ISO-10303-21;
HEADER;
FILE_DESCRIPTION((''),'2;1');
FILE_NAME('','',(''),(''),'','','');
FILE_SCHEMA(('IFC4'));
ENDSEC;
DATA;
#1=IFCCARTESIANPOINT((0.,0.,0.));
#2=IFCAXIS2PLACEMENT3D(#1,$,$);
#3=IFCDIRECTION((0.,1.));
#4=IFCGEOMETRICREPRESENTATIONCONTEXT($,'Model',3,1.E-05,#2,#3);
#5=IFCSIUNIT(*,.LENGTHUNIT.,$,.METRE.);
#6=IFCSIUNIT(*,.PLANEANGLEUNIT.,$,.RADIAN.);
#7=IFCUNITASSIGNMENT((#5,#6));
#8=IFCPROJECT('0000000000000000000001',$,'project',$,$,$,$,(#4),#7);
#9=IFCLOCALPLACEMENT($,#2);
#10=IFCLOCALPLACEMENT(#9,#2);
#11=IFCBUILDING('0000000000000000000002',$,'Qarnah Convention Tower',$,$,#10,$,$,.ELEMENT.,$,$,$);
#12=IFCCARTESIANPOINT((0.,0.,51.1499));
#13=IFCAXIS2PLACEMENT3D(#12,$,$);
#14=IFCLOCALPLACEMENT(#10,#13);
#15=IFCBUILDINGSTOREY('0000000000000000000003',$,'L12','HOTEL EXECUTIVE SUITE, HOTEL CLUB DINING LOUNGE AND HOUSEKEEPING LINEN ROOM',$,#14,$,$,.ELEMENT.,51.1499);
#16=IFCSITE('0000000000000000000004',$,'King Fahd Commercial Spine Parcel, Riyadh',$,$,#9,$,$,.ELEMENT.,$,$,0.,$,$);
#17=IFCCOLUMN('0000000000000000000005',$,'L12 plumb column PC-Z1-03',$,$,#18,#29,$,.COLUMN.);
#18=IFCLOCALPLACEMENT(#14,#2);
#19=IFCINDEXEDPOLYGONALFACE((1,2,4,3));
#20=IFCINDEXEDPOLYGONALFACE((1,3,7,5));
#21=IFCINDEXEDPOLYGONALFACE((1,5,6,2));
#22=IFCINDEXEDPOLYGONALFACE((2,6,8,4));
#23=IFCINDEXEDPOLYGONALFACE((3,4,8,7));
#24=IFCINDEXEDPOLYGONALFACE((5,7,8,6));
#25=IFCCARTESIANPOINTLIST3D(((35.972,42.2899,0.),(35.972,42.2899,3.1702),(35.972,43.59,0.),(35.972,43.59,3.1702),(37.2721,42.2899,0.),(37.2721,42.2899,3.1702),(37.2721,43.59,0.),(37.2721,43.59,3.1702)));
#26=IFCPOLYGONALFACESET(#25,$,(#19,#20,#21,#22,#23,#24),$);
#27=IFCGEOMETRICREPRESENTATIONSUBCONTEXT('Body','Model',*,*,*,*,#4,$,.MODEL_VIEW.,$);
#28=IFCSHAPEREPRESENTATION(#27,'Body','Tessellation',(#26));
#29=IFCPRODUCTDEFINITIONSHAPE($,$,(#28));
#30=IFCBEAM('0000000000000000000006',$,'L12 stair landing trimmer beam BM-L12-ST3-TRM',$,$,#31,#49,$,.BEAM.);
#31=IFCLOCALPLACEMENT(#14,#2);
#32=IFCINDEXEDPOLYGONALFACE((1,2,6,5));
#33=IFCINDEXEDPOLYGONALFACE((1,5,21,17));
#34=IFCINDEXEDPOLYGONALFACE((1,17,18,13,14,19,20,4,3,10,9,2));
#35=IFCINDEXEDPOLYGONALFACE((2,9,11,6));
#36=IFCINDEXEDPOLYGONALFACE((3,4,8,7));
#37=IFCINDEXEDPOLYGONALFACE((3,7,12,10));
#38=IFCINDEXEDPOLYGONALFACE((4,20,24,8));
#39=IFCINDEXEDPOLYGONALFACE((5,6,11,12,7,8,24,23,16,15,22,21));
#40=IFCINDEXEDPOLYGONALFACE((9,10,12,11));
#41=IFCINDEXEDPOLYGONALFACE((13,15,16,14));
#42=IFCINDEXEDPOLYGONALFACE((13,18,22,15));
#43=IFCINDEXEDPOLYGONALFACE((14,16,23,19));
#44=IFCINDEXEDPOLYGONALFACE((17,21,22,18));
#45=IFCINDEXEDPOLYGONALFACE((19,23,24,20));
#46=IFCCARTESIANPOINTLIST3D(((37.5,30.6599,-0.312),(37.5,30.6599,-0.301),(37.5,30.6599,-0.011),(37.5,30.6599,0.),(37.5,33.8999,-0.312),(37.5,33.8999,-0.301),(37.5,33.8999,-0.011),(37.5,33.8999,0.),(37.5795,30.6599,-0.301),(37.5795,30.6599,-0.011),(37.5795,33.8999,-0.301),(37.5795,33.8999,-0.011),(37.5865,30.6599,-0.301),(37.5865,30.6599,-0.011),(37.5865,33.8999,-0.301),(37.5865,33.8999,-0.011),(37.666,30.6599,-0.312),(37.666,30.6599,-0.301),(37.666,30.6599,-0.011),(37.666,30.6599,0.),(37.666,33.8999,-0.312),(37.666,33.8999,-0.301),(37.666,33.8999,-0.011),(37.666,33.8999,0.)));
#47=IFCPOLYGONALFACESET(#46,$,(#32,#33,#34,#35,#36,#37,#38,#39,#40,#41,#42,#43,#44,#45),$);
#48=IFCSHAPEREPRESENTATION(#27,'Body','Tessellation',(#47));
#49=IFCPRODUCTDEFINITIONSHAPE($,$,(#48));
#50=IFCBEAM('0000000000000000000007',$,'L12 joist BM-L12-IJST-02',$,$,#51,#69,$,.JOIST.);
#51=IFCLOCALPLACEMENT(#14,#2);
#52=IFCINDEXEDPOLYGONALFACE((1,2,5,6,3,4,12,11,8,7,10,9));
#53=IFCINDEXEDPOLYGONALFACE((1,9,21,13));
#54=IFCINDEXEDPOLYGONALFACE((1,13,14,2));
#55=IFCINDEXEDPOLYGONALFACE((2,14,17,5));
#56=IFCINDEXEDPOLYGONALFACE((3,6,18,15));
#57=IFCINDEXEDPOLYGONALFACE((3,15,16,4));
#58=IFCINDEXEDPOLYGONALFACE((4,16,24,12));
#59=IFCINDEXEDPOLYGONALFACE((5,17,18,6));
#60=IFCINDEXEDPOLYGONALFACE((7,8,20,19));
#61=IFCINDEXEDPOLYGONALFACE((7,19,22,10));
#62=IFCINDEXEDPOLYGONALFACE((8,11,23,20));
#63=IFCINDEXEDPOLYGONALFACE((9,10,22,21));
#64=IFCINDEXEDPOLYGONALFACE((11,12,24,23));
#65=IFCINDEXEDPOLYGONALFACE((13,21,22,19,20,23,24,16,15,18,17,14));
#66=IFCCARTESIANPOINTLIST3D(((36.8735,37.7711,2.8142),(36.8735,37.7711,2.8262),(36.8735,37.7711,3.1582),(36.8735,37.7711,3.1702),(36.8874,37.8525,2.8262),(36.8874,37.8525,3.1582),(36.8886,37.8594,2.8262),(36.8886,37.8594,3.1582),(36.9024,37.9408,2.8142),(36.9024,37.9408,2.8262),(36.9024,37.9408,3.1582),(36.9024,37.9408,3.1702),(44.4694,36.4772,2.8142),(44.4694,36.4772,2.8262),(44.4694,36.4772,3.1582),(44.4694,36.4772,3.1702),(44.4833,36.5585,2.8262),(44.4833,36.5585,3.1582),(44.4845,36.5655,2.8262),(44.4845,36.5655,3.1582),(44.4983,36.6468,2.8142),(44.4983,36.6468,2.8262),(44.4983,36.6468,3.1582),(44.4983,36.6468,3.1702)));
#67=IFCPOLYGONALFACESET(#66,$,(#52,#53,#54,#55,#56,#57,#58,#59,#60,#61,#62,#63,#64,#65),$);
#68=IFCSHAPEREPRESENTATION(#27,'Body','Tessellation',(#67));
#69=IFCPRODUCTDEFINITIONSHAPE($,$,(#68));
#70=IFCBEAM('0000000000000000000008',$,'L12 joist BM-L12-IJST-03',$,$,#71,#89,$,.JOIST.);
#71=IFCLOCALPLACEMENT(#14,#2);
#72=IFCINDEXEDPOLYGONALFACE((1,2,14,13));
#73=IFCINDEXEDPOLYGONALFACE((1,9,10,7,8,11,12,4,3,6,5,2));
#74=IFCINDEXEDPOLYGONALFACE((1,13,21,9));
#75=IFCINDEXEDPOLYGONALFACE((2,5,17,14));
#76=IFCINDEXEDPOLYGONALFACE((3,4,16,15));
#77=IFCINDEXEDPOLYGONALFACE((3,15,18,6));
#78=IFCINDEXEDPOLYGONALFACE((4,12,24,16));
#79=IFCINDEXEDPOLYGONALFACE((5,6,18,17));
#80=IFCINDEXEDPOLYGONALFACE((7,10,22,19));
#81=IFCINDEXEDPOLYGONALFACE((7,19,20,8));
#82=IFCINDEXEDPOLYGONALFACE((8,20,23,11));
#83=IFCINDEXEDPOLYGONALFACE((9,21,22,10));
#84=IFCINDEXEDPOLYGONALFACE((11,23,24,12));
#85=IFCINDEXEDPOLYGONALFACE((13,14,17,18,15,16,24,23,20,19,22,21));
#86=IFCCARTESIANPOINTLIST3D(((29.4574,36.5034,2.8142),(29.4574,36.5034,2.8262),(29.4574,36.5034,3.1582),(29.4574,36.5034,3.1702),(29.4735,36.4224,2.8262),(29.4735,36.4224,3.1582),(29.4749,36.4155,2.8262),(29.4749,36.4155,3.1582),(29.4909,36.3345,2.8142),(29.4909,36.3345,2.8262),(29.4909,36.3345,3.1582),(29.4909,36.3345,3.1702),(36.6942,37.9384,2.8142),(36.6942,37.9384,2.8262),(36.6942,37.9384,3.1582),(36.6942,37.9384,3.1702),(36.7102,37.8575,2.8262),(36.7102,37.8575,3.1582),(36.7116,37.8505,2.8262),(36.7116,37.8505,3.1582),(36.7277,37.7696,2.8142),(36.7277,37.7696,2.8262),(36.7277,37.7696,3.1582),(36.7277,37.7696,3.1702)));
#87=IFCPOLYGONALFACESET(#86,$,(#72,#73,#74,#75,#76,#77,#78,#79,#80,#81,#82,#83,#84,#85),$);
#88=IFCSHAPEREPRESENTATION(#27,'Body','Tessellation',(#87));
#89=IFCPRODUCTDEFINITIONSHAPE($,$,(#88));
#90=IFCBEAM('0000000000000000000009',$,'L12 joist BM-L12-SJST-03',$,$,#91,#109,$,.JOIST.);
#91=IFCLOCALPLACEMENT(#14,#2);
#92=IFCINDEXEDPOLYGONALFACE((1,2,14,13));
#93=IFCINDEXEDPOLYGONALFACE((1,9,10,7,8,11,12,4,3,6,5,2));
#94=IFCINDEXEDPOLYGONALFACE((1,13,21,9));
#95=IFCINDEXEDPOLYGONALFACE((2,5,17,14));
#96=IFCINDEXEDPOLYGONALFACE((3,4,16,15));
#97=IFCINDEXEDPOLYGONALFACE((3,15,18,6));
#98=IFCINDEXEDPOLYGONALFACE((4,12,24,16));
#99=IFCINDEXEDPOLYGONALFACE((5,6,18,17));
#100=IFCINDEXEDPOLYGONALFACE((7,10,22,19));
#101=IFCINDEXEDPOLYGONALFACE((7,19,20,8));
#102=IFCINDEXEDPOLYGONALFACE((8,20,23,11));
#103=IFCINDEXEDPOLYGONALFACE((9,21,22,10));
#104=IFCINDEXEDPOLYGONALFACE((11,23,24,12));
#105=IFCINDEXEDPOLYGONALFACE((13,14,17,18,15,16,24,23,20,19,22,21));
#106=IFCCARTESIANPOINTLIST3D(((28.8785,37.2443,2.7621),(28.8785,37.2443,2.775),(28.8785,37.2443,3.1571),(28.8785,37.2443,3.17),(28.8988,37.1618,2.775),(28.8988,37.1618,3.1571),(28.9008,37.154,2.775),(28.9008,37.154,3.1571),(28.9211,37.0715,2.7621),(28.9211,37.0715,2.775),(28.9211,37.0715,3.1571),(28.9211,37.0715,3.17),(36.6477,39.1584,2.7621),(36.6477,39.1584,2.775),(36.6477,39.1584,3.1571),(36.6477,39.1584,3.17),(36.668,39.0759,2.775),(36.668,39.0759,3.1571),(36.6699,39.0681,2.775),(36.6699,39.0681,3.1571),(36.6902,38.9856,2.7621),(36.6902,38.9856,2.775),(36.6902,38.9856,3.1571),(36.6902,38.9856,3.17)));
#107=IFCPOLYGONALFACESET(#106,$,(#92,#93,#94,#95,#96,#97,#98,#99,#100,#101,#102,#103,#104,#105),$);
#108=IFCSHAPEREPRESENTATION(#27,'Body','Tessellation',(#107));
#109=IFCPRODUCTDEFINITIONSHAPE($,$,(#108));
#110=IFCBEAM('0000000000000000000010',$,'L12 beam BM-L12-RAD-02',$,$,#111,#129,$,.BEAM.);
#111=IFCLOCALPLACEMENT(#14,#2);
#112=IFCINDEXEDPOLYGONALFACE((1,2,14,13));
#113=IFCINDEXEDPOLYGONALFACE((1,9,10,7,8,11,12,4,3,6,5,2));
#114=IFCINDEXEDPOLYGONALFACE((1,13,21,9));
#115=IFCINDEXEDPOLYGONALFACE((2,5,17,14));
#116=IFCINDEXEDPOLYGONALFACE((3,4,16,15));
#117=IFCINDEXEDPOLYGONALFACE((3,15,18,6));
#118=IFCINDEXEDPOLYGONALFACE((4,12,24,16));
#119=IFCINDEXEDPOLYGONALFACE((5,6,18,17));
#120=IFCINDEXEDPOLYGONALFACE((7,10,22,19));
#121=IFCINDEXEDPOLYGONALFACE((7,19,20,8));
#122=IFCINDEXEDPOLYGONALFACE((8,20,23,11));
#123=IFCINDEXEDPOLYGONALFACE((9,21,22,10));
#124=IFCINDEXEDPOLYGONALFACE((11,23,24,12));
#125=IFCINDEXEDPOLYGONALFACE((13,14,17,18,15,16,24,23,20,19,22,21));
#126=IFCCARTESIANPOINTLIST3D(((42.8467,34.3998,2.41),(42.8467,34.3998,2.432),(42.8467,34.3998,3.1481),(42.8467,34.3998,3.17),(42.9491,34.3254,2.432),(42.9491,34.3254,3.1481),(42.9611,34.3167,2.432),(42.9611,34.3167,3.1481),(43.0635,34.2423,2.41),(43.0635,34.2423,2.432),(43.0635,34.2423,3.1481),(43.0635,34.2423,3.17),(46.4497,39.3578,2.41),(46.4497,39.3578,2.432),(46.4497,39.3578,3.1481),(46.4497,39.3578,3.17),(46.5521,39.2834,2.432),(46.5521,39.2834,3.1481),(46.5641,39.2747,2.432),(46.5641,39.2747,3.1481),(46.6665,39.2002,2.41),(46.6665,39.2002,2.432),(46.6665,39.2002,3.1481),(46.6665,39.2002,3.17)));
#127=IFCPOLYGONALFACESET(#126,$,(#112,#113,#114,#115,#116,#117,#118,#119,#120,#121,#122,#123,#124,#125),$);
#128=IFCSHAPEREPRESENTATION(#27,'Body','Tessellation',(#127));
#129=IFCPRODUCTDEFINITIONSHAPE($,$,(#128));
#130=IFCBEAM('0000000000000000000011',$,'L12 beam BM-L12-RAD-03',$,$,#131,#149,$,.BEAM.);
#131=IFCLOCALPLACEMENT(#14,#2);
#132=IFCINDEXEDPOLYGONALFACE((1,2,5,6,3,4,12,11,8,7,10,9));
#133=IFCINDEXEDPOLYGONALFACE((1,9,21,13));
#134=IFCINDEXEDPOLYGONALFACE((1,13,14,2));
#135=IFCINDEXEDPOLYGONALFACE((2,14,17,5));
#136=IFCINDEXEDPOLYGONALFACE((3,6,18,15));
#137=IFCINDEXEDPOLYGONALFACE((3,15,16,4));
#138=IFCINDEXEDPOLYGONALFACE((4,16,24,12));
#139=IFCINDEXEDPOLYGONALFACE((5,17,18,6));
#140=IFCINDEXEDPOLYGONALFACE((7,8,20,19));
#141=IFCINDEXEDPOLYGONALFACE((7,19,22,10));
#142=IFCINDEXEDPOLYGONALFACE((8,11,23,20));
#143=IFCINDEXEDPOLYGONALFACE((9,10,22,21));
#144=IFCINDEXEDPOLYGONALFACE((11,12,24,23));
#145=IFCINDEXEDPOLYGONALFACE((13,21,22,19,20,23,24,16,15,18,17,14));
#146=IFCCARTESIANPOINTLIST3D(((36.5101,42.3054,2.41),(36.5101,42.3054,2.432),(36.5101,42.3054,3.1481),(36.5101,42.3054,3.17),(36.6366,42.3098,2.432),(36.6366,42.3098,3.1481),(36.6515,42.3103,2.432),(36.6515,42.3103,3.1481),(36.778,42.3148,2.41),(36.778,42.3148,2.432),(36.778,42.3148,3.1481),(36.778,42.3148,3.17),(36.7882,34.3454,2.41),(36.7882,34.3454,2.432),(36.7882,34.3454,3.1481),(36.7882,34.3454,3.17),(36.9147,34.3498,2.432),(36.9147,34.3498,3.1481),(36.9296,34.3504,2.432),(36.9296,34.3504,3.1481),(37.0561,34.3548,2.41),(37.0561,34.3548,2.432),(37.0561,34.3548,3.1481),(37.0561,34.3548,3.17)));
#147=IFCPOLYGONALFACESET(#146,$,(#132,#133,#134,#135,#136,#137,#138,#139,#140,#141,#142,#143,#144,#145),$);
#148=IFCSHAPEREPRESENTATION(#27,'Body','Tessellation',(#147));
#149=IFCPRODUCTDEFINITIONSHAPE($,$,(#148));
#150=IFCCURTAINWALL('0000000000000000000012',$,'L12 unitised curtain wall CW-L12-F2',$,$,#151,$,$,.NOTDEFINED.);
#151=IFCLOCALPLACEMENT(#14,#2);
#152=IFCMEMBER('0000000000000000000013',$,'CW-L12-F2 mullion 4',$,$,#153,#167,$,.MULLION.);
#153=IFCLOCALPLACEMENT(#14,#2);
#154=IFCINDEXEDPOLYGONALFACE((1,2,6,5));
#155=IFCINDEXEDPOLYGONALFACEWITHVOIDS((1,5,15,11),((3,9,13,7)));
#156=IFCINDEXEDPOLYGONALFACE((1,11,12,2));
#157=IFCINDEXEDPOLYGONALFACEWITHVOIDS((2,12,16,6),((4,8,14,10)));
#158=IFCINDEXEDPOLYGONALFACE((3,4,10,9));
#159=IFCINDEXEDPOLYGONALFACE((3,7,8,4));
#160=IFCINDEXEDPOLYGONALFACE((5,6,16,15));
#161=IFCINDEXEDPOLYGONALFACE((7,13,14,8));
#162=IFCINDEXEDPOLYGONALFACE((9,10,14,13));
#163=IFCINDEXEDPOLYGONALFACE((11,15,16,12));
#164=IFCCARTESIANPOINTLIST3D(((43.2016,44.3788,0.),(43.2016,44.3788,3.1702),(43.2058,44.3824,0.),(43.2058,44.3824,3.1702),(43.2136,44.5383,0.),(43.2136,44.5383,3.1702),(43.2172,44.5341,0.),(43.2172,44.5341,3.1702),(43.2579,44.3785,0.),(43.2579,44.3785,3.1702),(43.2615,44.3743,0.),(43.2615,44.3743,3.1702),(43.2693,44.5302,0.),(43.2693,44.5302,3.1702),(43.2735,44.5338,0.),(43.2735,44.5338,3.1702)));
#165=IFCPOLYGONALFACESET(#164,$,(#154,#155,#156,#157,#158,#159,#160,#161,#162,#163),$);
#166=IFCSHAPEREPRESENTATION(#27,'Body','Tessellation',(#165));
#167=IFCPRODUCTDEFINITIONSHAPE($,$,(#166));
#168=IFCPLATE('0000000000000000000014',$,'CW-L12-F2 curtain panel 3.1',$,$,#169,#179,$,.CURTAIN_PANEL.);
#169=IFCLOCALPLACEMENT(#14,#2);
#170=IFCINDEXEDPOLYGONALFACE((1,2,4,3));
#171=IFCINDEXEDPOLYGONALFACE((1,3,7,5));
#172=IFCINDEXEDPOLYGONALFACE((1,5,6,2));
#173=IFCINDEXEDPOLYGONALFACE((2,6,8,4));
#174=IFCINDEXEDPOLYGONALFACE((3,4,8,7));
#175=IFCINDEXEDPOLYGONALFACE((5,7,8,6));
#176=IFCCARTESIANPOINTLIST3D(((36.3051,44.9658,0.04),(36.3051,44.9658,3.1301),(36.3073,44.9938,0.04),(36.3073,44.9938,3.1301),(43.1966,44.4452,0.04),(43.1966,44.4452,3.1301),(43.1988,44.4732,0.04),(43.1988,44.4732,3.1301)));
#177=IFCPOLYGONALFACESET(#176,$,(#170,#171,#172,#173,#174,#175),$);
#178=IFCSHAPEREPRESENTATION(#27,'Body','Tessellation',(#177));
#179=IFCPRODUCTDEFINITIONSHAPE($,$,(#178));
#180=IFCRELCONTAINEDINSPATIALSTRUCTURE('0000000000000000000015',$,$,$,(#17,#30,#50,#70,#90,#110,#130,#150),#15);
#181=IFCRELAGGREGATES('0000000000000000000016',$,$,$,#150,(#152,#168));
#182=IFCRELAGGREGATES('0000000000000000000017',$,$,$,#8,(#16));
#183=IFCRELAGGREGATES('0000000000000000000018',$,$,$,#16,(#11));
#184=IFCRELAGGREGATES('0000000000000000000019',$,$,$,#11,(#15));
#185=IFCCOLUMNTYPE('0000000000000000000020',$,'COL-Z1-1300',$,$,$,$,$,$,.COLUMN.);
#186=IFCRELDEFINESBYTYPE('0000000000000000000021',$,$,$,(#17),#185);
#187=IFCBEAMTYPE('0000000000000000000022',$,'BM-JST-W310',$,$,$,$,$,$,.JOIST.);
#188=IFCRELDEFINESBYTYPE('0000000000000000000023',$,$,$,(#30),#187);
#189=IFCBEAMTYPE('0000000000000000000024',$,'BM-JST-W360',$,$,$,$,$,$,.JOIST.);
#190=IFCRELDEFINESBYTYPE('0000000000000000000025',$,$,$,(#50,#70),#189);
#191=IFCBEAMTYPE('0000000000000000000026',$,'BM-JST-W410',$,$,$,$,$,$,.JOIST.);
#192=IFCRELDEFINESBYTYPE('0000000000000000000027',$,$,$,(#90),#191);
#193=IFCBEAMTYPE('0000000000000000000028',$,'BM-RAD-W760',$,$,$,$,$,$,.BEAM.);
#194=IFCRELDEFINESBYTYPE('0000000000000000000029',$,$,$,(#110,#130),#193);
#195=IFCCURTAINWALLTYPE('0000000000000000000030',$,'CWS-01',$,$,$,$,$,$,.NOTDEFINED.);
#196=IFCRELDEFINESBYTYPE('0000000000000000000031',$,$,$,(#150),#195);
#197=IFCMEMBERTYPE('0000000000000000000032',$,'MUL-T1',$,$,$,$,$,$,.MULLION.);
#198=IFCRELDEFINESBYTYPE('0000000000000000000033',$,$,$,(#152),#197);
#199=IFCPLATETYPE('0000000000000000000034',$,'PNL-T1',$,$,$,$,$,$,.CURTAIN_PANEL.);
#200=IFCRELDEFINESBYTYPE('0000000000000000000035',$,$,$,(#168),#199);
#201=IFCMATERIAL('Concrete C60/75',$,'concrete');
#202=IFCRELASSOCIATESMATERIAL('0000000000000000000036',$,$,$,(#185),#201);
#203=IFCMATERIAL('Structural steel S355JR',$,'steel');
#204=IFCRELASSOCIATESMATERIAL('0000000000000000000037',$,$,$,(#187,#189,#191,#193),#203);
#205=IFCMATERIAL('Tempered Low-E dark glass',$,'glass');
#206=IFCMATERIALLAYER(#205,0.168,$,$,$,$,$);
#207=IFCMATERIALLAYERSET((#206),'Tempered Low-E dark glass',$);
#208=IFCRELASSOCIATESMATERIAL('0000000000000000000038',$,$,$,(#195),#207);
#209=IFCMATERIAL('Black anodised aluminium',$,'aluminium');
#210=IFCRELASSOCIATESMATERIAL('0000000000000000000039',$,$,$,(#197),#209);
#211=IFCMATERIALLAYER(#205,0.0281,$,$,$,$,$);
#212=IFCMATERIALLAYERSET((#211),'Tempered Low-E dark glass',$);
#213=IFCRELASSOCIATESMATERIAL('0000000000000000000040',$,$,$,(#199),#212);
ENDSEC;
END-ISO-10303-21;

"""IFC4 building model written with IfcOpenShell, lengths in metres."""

from ifc_helpers import new_model, si_unit, direction, frame, origin, origin_2d, place, context, subcontext, project, spatial, rectangle, hollow_rectangle, i_section, extrude, material, layer, layer_set, material_profile, profile_set, type_object, element, aggregate, save


model = new_model("IFC4")

# Units and contexts
model_context = context("Model", 3, precision=1e-05, world=origin(), true_north=direction((0.0, 1.0)))
body_context = subcontext(model_context, "Body", "Model", "MODEL_VIEW")
ifc_project = project(units=[si_unit("LENGTHUNIT", "METRE"), si_unit("PLANEANGLEUNIT", "RADIAN")], contexts=[model_context])

# Site, building, storey
site_placement = place(None, origin())
site = spatial("IfcSite", under=ifc_project, at=site_placement, Name="King Fahd Commercial Spine Parcel, Riyadh", CompositionType="ELEMENT", RefElevation=0.0)
building_placement = place(site_placement, origin())
building = spatial("IfcBuilding", under=site, at=building_placement, Name="Qarnah Convention Tower", CompositionType="ELEMENT")
storey_placement = place(building_placement, frame((0.0, 0.0, 51.1499)))
storey = spatial("IfcBuildingStorey", under=building, at=storey_placement, Name="L12", Description="HOTEL EXECUTIVE SUITE, HOTEL CLUB DINING LOUNGE AND HOUSEKEEPING LINEN ROOM", CompositionType="ELEMENT", Elevation=51.1499)

# Column
ifc_material_1 = material(Name="Concrete C60/75", Category="concrete")
ifc_material_profile_1 = material_profile(ifc_material_1, rectangle(XDim=1.3, YDim=1.3, at=origin_2d()), Name="RC-COL-1300X1300")
ifc_profile_set_1 = profile_set([ifc_material_profile_1], Name="Concrete C60/75")
column_type = type_object("IfcColumnType", Name="COL-Z1-1300", PredefinedType="COLUMN", material=ifc_profile_set_1)
column_placement = place(storey_placement, frame((36.6221, 42.9399, 0.0), z_axis=(0.0, 0.0, 1.0), x_axis=(1.0, 0.0, 0.0)))
element("IfcColumn", 1, at=column_placement, inside=storey, type_object=column_type, Name="L12 plumb column PC-Z1-03", PredefinedType="COLUMN", context=body_context, shape_type="SweptSolid", body=[
    extrude(rectangle(XDim=1.3, YDim=1.3, at=origin_2d()), origin(), (0.0, 0.0, 1.0), 3.1702),
])

# Beams
ifc_material_2 = material(Name="Structural steel S355JR", Category="steel")
ifc_material_profile_2 = material_profile(ifc_material_2, i_section(OverallWidth=0.166, OverallDepth=0.312, WebThickness=0.0071, FlangeThickness=0.011, at=origin_2d()), Name="W310X45")
ifc_profile_set_2 = profile_set([ifc_material_profile_2], Name="Structural steel S355JR")
beam_type_1 = type_object("IfcBeamType", Name="BM-JST-W310", PredefinedType="JOIST", material=ifc_profile_set_2)
beam_1_placement = place(storey_placement, frame((37.583, 30.6599, -0.156), z_axis=(0.0, 1.0, 0.0), x_axis=(-1.0, 0.0, 0.0)))
element("IfcBeam", 2, at=beam_1_placement, inside=storey, type_object=beam_type_1, Name="L12 stair landing trimmer beam BM-L12-ST3-TRM", PredefinedType="BEAM", context=body_context, shape_type="SweptSolid", body=[
    extrude(i_section(OverallWidth=0.166, OverallDepth=0.312, WebThickness=0.0071, FlangeThickness=0.011, at=origin_2d()), origin(), (0.0, 0.0, 1.0), 3.24),
])
ifc_material_profile_3 = material_profile(ifc_material_2, i_section(OverallWidth=0.1721, OverallDepth=0.356, WebThickness=0.0071, FlangeThickness=0.012, at=origin_2d()), Name="W360X51")
ifc_profile_set_3 = profile_set([ifc_material_profile_3], Name="Structural steel S355JR")
beam_type_2 = type_object("IfcBeamType", Name="BM-JST-W360", PredefinedType="JOIST", material=ifc_profile_set_3)
beam_2_placement = place(storey_placement, frame((44.4839, 36.562, 2.9922), z_axis=(-0.985799, 0.167928, 0.0), x_axis=(-0.167928, -0.985799, 0.0)))
element("IfcBeam", 3, at=beam_2_placement, inside=storey, type_object=beam_type_2, Name="L12 joist BM-L12-IJST-02", PredefinedType="JOIST", context=body_context, shape_type="SweptSolid", body=[
    extrude(i_section(OverallWidth=0.1721, OverallDepth=0.356, WebThickness=0.0071, FlangeThickness=0.012, at=origin_2d()), origin(), (0.0, 0.0, 1.0), 7.7053),
])
beam_3_placement = place(storey_placement, frame((36.7109, 37.854, 2.9922), z_axis=(-0.9809, -0.194512, 0.0), x_axis=(0.194512, -0.9809, 0.0)))
element("IfcBeam", 4, at=beam_3_placement, inside=storey, type_object=beam_type_2, Name="L12 joist BM-L12-IJST-03", PredefinedType="JOIST", context=body_context, shape_type="SweptSolid", body=[
    extrude(i_section(OverallWidth=0.1721, OverallDepth=0.356, WebThickness=0.0071, FlangeThickness=0.012, at=origin_2d()), origin(), (0.0, 0.0, 1.0), 7.3777),
])
ifc_material_profile_4 = material_profile(ifc_material_2, i_section(OverallWidth=0.178, OverallDepth=0.408, WebThickness=0.0081, FlangeThickness=0.0129, at=origin_2d()), Name="W410X60")
ifc_profile_set_4 = profile_set([ifc_material_profile_4], Name="Structural steel S355JR")
beam_type_3 = type_object("IfcBeamType", Name="BM-JST-W410", PredefinedType="JOIST", material=ifc_profile_set_4)
beam_4_placement = place(storey_placement, frame((36.6689, 39.072, 2.9661), z_axis=(-0.970966, -0.239217, 0.0), x_axis=(0.239217, -0.970966, 0.0)))
element("IfcBeam", 5, at=beam_4_placement, inside=storey, type_object=beam_type_3, Name="L12 joist BM-L12-SJST-03", PredefinedType="JOIST", context=body_context, shape_type="SweptSolid", body=[
    extrude(i_section(OverallWidth=0.178, OverallDepth=0.408, WebThickness=0.0081, FlangeThickness=0.0129, at=origin_2d()), origin(), (0.0, 0.0, 1.0), 8.0015),
])
ifc_material_profile_5 = material_profile(ifc_material_2, i_section(OverallWidth=0.2681, OverallDepth=0.76, WebThickness=0.0149, FlangeThickness=0.022, at=origin_2d()), Name="W760X185")
ifc_profile_set_5 = profile_set([ifc_material_profile_5], Name="Structural steel S355JR")
beam_type_4 = type_object("IfcBeamType", Name="BM-RAD-W760", PredefinedType="BEAM", material=ifc_profile_set_5)
beam_5_placement = place(storey_placement, frame((42.9551, 34.321, 2.79), z_axis=(0.587873, 0.808953, 0.0), x_axis=(-0.808953, 0.587873, 0.0)))
element("IfcBeam", 6, at=beam_5_placement, inside=storey, type_object=beam_type_4, Name="L12 beam BM-L12-RAD-02", PredefinedType="BEAM", context=body_context, shape_type="SweptSolid", body=[
    extrude(i_section(OverallWidth=0.2681, OverallDepth=0.76, WebThickness=0.0149, FlangeThickness=0.022, at=origin_2d()), origin(), (0.0, 0.0, 1.0), 6.1289),
])
beam_6_placement = place(storey_placement, frame((36.9221, 34.3501, 2.79), z_axis=(-0.034913, 0.99939, 0.0), x_axis=(-0.99939, -0.034913, 0.0)))
element("IfcBeam", 7, at=beam_6_placement, inside=storey, type_object=beam_type_4, Name="L12 beam BM-L12-RAD-03", PredefinedType="BEAM", context=body_context, shape_type="SweptSolid", body=[
    extrude(i_section(OverallWidth=0.2681, OverallDepth=0.76, WebThickness=0.0149, FlangeThickness=0.022, at=origin_2d()), origin(), (0.0, 0.0, 1.0), 7.9648),
])

# Curtain wall, member, plate
ifc_material_3 = material(Name="Tempered Low-E dark glass", Category="glass")
ifc_layer_1 = layer(ifc_material_3, 0.168)
ifc_layer_set_1 = layer_set([ifc_layer_1], Name="Tempered Low-E dark glass")
curtain_wall_type = type_object("IfcCurtainWallType", Name="CWS-01", PredefinedType="NOTDEFINED", material=ifc_layer_set_1)
curtain_wall_placement = place(storey_placement, origin())
curtain_wall = element("IfcCurtainWall", 8, at=curtain_wall_placement, inside=storey, type_object=curtain_wall_type, Name="L12 unitised curtain wall CW-L12-F2", PredefinedType="NOTDEFINED")
ifc_material_4 = material(Name="Black anodised aluminium", Category="aluminium")
ifc_material_profile_6 = material_profile(ifc_material_4, hollow_rectangle(XDim=0.0601, YDim=0.1599, WallThickness=0.0039, at=origin_2d()), Name="MUL-60X160")
ifc_profile_set_6 = profile_set([ifc_material_profile_6], Name="Black anodised aluminium")
member_type = type_object("IfcMemberType", Name="MUL-T1", PredefinedType="MULLION", material=ifc_profile_set_6)
member_placement = place(storey_placement, frame((43.2375, 44.4563, 0.0), z_axis=(0.0, 0.0, 1.0), x_axis=(0.997159, -0.075325, 0.0)))
member = element("IfcMember", 9, at=member_placement, type_object=member_type, Name="CW-L12-F2 mullion 4", PredefinedType="MULLION", context=body_context, shape_type="SweptSolid", body=[
    extrude(hollow_rectangle(XDim=0.0601, YDim=0.1599, WallThickness=0.0039, at=origin_2d()), origin(), (0.0, 0.0, 1.0), 3.1702),
])
ifc_layer_2 = layer(ifc_material_3, 0.0281)
ifc_layer_set_2 = layer_set([ifc_layer_2], Name="Tempered Low-E dark glass")
plate_type = type_object("IfcPlateType", Name="PNL-T1", PredefinedType="CURTAIN_PANEL", material=ifc_layer_set_2)
plate_placement = place(storey_placement, frame((39.752, 44.7195, 0.04), z_axis=(0.0, 0.0, 1.0), x_axis=(0.997159, -0.075325, 0.0)))
plate = element("IfcPlate", 10, at=plate_placement, type_object=plate_type, Name="CW-L12-F2 curtain panel 3.1", PredefinedType="CURTAIN_PANEL", context=body_context, shape_type="SweptSolid", body=[
    extrude(rectangle(XDim=6.9111, YDim=0.0281, at=origin_2d()), origin(), (0.0, 0.0, 1.0), 3.0901),
])
aggregate(curtain_wall, [member, plate])

save(model, "model.ifc")
